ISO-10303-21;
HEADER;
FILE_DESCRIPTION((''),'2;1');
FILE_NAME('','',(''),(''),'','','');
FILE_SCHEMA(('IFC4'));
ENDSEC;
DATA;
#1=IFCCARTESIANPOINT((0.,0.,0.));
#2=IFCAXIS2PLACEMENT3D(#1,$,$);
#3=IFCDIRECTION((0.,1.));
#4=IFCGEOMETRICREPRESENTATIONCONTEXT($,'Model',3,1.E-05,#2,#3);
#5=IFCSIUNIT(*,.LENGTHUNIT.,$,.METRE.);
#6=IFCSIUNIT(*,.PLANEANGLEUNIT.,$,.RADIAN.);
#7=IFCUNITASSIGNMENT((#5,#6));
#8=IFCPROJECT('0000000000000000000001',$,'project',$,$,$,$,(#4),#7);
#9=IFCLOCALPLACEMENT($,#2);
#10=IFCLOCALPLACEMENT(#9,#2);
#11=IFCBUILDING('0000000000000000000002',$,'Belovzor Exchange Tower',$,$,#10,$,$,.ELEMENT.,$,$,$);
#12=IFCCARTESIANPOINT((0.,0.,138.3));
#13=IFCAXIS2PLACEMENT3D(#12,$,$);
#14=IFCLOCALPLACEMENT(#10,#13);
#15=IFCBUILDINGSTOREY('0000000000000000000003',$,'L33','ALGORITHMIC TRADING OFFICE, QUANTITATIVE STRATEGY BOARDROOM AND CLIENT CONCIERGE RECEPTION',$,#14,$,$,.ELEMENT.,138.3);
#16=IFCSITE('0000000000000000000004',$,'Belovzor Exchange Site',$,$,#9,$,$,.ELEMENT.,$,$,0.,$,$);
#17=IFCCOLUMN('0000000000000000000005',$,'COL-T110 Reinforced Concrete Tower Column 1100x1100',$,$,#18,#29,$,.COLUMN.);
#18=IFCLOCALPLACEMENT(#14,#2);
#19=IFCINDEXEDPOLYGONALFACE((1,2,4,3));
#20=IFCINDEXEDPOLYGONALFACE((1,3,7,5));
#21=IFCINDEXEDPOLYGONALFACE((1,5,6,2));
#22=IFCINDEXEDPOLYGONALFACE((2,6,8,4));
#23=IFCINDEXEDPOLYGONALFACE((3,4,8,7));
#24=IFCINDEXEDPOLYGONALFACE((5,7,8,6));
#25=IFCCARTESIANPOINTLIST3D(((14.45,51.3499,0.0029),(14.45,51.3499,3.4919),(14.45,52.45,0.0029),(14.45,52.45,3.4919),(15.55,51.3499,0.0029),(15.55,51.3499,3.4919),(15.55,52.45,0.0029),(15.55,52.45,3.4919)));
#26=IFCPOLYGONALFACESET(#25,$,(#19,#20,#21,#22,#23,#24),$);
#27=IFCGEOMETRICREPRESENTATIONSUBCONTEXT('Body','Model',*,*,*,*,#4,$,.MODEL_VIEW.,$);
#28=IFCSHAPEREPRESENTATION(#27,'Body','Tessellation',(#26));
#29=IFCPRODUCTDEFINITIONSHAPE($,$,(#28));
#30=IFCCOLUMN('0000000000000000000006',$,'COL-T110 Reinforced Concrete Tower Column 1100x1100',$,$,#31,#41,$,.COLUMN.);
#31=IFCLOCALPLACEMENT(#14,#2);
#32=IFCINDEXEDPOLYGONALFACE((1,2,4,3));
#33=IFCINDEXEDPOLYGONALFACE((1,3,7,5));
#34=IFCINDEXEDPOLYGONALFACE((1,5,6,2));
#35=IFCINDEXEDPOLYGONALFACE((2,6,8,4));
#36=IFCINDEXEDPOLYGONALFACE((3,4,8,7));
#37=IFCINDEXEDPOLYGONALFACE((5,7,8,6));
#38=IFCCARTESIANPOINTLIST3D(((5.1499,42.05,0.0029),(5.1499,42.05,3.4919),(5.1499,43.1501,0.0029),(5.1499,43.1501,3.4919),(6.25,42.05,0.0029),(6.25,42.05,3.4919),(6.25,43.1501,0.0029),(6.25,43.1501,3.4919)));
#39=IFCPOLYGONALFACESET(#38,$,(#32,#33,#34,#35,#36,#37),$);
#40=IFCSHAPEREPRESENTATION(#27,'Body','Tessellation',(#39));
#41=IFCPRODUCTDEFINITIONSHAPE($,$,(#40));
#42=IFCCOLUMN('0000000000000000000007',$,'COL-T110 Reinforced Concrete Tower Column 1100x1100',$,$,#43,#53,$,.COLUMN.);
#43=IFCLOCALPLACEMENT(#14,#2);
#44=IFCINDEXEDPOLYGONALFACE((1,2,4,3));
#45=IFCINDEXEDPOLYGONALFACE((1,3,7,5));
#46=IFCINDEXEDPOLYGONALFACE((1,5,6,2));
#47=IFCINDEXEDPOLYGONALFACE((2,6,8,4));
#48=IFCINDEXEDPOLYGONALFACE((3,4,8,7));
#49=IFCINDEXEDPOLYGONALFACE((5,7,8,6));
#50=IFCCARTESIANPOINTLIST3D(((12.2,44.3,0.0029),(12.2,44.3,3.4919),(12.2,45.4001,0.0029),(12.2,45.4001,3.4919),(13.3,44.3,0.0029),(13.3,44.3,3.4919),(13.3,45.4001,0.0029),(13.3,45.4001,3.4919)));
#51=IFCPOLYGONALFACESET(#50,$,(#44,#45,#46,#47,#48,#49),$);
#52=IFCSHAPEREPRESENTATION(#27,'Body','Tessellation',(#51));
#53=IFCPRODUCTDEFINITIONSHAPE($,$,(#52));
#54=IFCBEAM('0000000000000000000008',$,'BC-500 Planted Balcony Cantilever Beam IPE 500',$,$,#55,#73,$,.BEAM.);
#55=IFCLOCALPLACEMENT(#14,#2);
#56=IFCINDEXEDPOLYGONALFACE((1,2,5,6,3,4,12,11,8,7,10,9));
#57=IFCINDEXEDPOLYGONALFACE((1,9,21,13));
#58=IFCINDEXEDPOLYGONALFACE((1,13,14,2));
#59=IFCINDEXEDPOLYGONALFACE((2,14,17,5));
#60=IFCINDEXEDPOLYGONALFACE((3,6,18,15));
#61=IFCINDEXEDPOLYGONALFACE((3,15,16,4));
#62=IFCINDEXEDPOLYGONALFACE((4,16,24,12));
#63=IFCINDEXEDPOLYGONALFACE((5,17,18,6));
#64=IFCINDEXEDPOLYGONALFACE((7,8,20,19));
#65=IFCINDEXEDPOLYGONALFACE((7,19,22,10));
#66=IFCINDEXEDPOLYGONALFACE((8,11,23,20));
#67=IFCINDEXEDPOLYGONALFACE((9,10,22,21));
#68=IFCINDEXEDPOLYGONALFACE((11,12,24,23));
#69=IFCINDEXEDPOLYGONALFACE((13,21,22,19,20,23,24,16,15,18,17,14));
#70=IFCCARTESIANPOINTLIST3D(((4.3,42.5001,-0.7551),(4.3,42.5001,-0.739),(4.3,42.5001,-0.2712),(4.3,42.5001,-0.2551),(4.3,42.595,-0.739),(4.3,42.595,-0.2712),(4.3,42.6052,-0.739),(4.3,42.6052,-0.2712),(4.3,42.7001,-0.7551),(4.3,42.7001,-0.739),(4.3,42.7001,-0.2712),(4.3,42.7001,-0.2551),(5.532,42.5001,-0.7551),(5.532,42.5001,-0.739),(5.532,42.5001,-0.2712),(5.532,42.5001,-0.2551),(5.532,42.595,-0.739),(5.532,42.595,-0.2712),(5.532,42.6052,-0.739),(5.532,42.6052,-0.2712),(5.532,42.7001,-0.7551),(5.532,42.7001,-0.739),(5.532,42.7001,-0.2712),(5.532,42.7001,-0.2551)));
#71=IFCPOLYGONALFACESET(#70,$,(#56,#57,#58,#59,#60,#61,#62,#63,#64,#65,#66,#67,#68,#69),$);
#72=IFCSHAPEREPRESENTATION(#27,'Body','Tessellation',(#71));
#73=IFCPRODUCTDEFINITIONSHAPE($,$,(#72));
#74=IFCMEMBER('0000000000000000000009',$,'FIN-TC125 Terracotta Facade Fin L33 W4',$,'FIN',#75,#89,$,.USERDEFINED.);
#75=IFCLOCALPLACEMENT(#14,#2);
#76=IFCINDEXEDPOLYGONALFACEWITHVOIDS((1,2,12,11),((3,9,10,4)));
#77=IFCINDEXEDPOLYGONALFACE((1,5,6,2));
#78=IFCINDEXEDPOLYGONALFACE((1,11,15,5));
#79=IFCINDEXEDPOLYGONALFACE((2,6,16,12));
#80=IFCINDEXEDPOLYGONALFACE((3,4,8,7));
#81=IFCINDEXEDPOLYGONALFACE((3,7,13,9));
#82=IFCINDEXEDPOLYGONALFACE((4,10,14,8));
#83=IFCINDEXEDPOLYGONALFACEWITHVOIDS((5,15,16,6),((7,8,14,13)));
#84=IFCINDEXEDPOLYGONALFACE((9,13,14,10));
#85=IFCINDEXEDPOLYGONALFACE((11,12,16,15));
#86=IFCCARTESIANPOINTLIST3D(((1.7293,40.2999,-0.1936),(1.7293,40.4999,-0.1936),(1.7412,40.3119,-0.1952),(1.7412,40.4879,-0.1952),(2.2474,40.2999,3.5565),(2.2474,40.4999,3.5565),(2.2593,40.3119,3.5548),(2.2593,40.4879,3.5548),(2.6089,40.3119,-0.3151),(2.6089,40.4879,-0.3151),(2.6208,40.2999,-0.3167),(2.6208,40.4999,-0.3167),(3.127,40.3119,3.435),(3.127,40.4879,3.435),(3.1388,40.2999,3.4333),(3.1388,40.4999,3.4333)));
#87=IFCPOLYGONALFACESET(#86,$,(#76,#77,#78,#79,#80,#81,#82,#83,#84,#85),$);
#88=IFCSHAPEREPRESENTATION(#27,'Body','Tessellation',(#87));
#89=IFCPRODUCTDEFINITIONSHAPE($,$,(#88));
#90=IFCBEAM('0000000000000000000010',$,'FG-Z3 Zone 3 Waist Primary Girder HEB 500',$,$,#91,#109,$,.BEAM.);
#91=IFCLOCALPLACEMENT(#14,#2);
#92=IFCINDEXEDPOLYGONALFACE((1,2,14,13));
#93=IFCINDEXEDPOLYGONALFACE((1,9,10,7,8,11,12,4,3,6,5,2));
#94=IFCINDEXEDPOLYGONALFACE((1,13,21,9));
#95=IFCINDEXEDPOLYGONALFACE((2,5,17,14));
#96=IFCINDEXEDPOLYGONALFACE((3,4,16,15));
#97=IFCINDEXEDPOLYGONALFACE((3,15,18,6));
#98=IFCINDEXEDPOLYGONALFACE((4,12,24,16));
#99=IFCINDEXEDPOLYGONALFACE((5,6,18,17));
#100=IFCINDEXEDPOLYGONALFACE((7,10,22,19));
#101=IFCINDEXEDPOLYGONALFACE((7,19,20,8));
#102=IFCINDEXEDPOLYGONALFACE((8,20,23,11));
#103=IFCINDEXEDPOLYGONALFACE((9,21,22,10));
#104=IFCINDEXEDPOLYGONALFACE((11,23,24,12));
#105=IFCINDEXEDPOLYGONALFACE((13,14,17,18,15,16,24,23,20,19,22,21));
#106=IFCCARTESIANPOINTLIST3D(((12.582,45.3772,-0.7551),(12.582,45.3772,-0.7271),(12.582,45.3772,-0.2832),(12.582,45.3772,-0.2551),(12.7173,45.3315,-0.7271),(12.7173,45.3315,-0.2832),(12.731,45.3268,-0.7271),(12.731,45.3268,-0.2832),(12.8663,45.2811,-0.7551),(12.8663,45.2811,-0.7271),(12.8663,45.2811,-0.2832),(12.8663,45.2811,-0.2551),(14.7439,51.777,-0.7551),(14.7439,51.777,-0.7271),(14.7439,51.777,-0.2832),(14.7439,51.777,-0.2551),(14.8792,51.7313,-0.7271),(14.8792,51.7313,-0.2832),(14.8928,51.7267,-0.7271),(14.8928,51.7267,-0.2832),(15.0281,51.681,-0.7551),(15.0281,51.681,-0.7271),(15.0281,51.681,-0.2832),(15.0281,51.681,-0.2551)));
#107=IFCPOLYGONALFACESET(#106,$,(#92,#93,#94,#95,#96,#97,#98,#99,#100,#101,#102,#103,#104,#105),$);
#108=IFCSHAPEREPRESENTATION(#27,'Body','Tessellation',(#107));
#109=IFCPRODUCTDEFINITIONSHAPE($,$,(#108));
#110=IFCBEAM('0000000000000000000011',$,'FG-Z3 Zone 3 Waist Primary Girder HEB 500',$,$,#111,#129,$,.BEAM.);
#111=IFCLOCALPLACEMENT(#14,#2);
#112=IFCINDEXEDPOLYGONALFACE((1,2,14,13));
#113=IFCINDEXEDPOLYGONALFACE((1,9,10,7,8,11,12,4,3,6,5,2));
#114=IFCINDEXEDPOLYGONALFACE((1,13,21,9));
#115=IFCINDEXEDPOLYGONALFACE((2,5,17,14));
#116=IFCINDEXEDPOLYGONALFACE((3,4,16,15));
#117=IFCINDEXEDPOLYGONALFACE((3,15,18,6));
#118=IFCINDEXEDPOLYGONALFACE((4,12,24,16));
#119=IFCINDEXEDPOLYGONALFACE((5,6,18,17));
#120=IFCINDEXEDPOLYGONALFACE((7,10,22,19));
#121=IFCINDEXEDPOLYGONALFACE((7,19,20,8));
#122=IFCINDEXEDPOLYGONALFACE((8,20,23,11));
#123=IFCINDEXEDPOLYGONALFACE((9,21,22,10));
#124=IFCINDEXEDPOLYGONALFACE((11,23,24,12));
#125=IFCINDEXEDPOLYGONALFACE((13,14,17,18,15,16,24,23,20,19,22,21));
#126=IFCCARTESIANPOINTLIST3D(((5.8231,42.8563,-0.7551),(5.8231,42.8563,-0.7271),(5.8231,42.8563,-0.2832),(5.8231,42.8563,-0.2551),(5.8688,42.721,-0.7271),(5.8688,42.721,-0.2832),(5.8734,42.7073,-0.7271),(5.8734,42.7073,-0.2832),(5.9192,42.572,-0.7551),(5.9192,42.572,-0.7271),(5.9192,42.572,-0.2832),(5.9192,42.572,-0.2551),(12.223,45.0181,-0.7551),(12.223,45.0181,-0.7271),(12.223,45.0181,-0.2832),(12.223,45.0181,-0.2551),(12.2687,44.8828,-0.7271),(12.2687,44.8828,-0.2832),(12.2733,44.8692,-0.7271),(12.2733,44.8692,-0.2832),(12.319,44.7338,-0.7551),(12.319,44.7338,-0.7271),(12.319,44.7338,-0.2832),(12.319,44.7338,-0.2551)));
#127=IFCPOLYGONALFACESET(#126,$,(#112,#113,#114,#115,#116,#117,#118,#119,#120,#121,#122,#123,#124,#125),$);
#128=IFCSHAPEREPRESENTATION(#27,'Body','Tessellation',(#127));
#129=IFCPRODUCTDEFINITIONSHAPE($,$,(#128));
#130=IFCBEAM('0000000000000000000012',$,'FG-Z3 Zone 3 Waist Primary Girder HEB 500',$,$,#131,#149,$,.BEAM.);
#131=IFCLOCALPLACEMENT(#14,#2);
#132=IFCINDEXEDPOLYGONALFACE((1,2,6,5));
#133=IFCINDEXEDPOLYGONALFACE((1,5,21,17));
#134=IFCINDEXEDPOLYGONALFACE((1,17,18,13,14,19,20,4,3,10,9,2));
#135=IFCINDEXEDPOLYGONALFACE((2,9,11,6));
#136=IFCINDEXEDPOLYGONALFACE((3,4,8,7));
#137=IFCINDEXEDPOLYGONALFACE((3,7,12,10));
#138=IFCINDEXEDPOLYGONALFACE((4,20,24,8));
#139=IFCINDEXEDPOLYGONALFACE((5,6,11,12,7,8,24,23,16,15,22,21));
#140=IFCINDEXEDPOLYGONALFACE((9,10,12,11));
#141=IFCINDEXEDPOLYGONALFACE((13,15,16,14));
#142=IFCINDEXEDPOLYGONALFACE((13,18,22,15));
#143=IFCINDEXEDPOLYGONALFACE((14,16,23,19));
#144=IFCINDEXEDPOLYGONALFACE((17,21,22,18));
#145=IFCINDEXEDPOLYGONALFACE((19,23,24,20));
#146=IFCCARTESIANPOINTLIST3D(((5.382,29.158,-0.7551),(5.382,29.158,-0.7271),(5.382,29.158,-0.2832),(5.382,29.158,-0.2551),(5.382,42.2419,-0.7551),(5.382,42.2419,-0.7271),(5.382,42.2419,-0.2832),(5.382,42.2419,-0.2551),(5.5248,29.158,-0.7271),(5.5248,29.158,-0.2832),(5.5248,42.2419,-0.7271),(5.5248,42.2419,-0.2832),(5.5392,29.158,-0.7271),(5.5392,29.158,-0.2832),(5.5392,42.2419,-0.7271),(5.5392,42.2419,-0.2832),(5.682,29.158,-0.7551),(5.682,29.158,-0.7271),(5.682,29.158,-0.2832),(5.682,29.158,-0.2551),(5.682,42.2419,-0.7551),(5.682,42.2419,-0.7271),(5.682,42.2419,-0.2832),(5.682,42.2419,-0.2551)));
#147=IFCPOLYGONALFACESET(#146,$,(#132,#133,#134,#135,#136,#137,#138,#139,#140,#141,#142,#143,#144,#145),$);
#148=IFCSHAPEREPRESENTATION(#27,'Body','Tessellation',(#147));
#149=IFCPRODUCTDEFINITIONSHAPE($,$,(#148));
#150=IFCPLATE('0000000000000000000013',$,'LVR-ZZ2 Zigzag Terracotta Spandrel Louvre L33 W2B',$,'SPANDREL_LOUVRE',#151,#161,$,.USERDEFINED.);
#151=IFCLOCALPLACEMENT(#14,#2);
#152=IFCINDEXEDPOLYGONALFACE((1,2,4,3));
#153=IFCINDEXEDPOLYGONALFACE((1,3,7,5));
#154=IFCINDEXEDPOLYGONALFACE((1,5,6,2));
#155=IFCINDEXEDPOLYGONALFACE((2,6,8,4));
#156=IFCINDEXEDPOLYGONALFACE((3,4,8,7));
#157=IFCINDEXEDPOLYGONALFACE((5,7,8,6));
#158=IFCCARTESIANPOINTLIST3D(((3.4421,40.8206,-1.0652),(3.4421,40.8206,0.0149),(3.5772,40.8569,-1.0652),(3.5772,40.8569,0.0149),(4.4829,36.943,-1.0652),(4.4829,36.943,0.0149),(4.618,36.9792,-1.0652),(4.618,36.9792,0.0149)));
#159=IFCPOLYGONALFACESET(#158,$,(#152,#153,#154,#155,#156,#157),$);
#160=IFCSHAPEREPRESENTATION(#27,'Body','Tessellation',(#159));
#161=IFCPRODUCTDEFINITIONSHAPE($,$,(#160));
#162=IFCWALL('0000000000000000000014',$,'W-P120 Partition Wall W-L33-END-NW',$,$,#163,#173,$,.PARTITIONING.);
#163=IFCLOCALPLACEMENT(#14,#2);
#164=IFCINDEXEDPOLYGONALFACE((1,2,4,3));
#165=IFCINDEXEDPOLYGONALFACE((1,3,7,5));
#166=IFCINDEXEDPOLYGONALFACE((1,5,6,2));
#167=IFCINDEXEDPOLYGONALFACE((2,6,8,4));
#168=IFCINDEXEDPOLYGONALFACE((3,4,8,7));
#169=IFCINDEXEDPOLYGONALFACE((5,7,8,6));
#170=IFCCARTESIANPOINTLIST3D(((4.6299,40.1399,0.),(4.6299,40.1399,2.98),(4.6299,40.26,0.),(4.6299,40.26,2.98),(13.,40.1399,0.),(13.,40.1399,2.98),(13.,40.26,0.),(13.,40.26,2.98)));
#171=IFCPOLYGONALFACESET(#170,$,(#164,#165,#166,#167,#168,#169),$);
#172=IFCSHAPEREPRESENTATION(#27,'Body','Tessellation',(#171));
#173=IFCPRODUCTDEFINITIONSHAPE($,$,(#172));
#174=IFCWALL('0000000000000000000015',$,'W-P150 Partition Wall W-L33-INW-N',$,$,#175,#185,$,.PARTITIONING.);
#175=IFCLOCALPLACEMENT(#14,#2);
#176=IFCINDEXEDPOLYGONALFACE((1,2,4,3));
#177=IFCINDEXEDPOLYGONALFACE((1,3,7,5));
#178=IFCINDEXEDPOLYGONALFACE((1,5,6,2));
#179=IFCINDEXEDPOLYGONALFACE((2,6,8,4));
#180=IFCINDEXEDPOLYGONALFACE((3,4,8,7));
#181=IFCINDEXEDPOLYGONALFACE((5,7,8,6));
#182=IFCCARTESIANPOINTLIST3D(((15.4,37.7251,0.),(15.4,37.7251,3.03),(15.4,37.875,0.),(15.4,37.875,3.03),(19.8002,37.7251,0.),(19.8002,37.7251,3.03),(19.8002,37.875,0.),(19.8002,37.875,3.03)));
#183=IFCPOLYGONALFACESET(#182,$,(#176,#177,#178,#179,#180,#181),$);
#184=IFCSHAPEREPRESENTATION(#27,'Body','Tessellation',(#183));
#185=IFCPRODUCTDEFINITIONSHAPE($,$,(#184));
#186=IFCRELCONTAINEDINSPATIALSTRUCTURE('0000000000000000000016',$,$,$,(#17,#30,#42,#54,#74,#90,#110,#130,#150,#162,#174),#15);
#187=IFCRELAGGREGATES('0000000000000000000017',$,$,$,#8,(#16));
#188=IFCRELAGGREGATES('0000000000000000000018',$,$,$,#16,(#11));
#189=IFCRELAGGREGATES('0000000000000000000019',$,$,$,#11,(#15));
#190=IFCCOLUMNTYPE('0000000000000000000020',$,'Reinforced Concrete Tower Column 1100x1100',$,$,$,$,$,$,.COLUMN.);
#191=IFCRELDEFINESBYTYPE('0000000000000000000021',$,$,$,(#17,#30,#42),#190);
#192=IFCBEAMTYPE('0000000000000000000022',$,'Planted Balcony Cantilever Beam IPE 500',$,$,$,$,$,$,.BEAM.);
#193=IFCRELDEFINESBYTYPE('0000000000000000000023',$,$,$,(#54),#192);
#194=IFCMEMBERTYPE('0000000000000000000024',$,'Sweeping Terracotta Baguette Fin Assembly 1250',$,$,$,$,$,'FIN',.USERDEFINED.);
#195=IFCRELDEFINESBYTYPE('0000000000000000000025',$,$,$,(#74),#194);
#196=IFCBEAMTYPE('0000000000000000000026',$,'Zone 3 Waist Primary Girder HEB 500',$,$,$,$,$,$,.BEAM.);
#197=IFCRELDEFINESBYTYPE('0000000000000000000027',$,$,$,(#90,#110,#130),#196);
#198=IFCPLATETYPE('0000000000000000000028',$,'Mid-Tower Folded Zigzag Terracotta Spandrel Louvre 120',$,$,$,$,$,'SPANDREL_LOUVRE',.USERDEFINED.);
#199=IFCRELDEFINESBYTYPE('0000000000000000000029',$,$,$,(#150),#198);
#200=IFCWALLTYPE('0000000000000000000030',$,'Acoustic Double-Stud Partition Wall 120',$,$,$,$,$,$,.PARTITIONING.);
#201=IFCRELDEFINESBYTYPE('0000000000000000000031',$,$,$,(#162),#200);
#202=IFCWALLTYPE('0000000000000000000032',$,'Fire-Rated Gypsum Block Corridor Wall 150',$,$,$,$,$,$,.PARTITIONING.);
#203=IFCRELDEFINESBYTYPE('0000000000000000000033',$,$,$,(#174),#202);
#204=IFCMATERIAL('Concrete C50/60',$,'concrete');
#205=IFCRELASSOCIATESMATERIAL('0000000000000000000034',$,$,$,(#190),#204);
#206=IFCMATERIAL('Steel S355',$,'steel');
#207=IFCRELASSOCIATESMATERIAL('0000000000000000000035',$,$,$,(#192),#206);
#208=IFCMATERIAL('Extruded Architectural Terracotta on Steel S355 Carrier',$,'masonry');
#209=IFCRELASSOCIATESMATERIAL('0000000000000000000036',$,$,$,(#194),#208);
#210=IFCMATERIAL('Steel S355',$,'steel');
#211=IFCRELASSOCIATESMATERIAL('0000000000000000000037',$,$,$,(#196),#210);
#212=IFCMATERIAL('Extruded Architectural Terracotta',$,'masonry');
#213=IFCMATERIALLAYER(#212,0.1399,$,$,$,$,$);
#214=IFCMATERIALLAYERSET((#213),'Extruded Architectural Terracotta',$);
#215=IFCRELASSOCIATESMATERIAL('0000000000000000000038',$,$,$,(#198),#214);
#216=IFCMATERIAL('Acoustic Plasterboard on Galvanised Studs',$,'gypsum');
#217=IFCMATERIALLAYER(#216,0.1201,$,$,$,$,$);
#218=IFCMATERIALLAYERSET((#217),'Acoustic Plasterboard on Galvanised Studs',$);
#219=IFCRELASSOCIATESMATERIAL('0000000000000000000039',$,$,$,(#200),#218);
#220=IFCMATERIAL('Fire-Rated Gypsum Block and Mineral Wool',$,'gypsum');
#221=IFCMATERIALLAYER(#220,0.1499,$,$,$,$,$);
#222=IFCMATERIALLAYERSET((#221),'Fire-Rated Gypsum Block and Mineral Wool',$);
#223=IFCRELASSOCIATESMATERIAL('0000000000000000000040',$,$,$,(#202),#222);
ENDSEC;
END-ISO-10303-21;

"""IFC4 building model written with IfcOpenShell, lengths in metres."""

from ifc_helpers import new_model, si_unit, direction, frame, frame_2d, origin, origin_2d, place, context, subcontext, project, spatial, rectangle, hollow_rectangle, i_section, extrude, material, layer, layer_set, material_profile, profile_set, type_object, element, save


model = new_model("IFC4")

# Units and contexts
model_context = context("Model", 3, precision=1e-05, world=origin(), true_north=direction((0.0, 1.0)))
body_context = subcontext(model_context, "Body", "Model", "MODEL_VIEW")
ifc_project = project(units=[si_unit("LENGTHUNIT", "METRE"), si_unit("PLANEANGLEUNIT", "RADIAN")], contexts=[model_context])

# Site, building, storey
site_placement = place(None, origin())
site = spatial("IfcSite", under=ifc_project, at=site_placement, Name="Belovzor Exchange Site", CompositionType="ELEMENT", RefElevation=0.0)
building_placement = place(site_placement, origin())
building = spatial("IfcBuilding", under=site, at=building_placement, Name="Belovzor Exchange Tower", CompositionType="ELEMENT")
storey_placement = place(building_placement, frame((0.0, 0.0, 138.3)))
storey = spatial("IfcBuildingStorey", under=building, at=storey_placement, Name="L33", Description="ALGORITHMIC TRADING OFFICE, QUANTITATIVE STRATEGY BOARDROOM AND CLIENT CONCIERGE RECEPTION", CompositionType="ELEMENT", Elevation=138.3)

# Columns
ifc_material_1 = material(Name="Concrete C50/60", Category="concrete")
ifc_material_profile_1 = material_profile(ifc_material_1, rectangle(XDim=1.1001, YDim=1.1001, at=origin_2d()))
ifc_profile_set_1 = profile_set([ifc_material_profile_1], Name="Concrete C50/60")
column_type = type_object("IfcColumnType", Name="Reinforced Concrete Tower Column 1100x1100", PredefinedType="COLUMN", material=ifc_profile_set_1)
for number, where, z_axis, x_axis, name in (
    (1, (15.0, 51.8999, 0.0029), (0.0, 0.0, 1.0), (1.0, 0.0, 0.0), "COL-T110 Reinforced Concrete Tower Column 1100x1100"),
    (2, (5.7, 42.6001, 0.0029), (0.0, 0.0, 1.0), (1.0, 0.0, 0.0), "COL-T110 Reinforced Concrete Tower Column 1100x1100"),
    (3, (12.75, 44.8501, 0.0029), (0.0, 0.0, 1.0), (1.0, 0.0, 0.0), "COL-T110 Reinforced Concrete Tower Column 1100x1100"),
):
    element("IfcColumn", number, at=place(storey_placement, frame(where, z_axis=z_axis, x_axis=x_axis)), inside=storey, type_object=column_type, Name=name, PredefinedType="COLUMN", context=body_context, shape_type="SweptSolid", body=[
        extrude(rectangle(XDim=1.1001, YDim=1.1001, at=origin_2d()), origin(), (0.0, 0.0, 1.0), 3.489),
    ])

# Beam
ifc_material_2 = material(Name="Steel S355", Category="steel")
ifc_material_profile_2 = material_profile(ifc_material_2, i_section(OverallWidth=0.2, OverallDepth=0.5, WebThickness=0.0103, FlangeThickness=0.0161, at=origin_2d()))
ifc_profile_set_2 = profile_set([ifc_material_profile_2], Name="Steel S355")
beam_type_1 = type_object("IfcBeamType", Name="Planted Balcony Cantilever Beam IPE 500", PredefinedType="BEAM", material=ifc_profile_set_2)
beam_1_placement = place(storey_placement, frame((5.532, 42.6001, -0.5051), z_axis=(-1.0, 0.0, 0.0), x_axis=(0.0, -1.0, 0.0)))
element("IfcBeam", 4, at=beam_1_placement, inside=storey, type_object=beam_type_1, Name="BC-500 Planted Balcony Cantilever Beam IPE 500", PredefinedType="BEAM", context=body_context, shape_type="SweptSolid", body=[
    extrude(i_section(OverallWidth=0.2, OverallDepth=0.5, WebThickness=0.0103, FlangeThickness=0.0161, at=origin_2d()), origin(), (0.0, 0.0, 1.0), 1.2319),
])

# Member
ifc_material_3 = material(Name="Extruded Architectural Terracotta on Steel S355 Carrier", Category="masonry")
ifc_material_profile_3 = material_profile(ifc_material_3, hollow_rectangle(XDim=0.2, YDim=0.8999, WallThickness=0.012, at=origin_2d()))
ifc_profile_set_3 = profile_set([ifc_material_profile_3], Name="Extruded Architectural Terracotta on Steel S355 Carrier")
member_type = type_object("IfcMemberType", Name="Sweeping Terracotta Baguette Fin Assembly 1250", ElementType="FIN", PredefinedType="USERDEFINED", material=ifc_profile_set_3)
member_placement = place(storey_placement, frame((2.175, 40.3999, -0.2551), z_axis=(0.136851, 0.0, 0.990592), x_axis=(0.0, 1.0, 0.0)))
element("IfcMember", 5, at=member_placement, inside=storey, type_object=member_type, Name="FIN-TC125 Terracotta Facade Fin L33 W4", ObjectType="FIN", PredefinedType="USERDEFINED", context=body_context, shape_type="SweptSolid", body=[
    extrude(hollow_rectangle(XDim=0.2, YDim=0.8999, WallThickness=0.012, at=origin_2d()), origin(), (0.0, 0.0, 1.0), 3.7856),
])

# Beams
ifc_material_4 = material(Name="Steel S355", Category="steel")
ifc_material_profile_4 = material_profile(ifc_material_4, i_section(OverallWidth=0.3, OverallDepth=0.5, WebThickness=0.0144, FlangeThickness=0.0281, at=origin_2d()))
ifc_profile_set_4 = profile_set([ifc_material_profile_4], Name="Steel S355")
beam_type_2 = type_object("IfcBeamType", Name="Zone 3 Waist Primary Girder HEB 500", PredefinedType="BEAM", material=ifc_profile_set_4)
for number, where, z_axis, x_axis, name in (
    (6, (14.886, 51.729, -0.5051), (-0.320031, -0.947407, 0.0), (0.947407, -0.320031, 0.0), "FG-Z3 Zone 3 Waist Primary Girder HEB 500"),
    (7, (12.271, 44.876, -0.5051), (-0.947407, -0.320031, 0.0), (0.320031, -0.947407, 0.0), "FG-Z3 Zone 3 Waist Primary Girder HEB 500"),
):
    element("IfcBeam", number, at=place(storey_placement, frame(where, z_axis=z_axis, x_axis=x_axis)), inside=storey, type_object=beam_type_2, Name=name, PredefinedType="BEAM", context=body_context, shape_type="SweptSolid", body=[
        extrude(i_section(OverallWidth=0.3, OverallDepth=0.5, WebThickness=0.0144, FlangeThickness=0.0281, at=origin_2d()), origin(), (0.0, 0.0, 1.0), 6.7551),
    ])
beam_2_placement = place(storey_placement, frame((5.532, 42.2419, -0.5051), z_axis=(0.0, -1.0, 0.0), x_axis=(1.0, 0.0, 0.0)))
element("IfcBeam", 8, at=beam_2_placement, inside=storey, type_object=beam_type_2, Name="FG-Z3 Zone 3 Waist Primary Girder HEB 500", PredefinedType="BEAM", context=body_context, shape_type="SweptSolid", body=[
    extrude(i_section(OverallWidth=0.3, OverallDepth=0.5, WebThickness=0.0144, FlangeThickness=0.0281, at=origin_2d()), origin(), (0.0, 0.0, 1.0), 13.084),
])

# Plate
ifc_material_5 = material(Name="Extruded Architectural Terracotta", Category="masonry")
ifc_layer_1 = layer(ifc_material_5, 0.1399)
ifc_layer_set_1 = layer_set([ifc_layer_1], Name="Extruded Architectural Terracotta")
plate_type = type_object("IfcPlateType", Name="Mid-Tower Folded Zigzag Terracotta Spandrel Louvre 120", ElementType="SPANDREL_LOUVRE", PredefinedType="USERDEFINED", material=ifc_layer_set_1)
plate_placement = place(storey_placement, frame((4.03, 38.8999, -1.0652), z_axis=(0.0, 0.0, 1.0), x_axis=(-0.25924, 0.965813, 0.0)))
element("IfcPlate", 9, at=plate_placement, inside=storey, type_object=plate_type, Name="LVR-ZZ2 Zigzag Terracotta Spandrel Louvre L33 W2B", ObjectType="SPANDREL_LOUVRE", PredefinedType="USERDEFINED", context=body_context, shape_type="SweptSolid", body=[
    extrude(rectangle(XDim=4.0149, YDim=0.1399, at=origin_2d()), origin(), (0.0, 0.0, 1.0), 1.0801),
])

# Walls
ifc_material_6 = material(Name="Acoustic Plasterboard on Galvanised Studs", Category="gypsum")
ifc_layer_2 = layer(ifc_material_6, 0.1201)
ifc_layer_set_2 = layer_set([ifc_layer_2], Name="Acoustic Plasterboard on Galvanised Studs")
wall_type_1 = type_object("IfcWallType", Name="Acoustic Double-Stud Partition Wall 120", PredefinedType="PARTITIONING", material=ifc_layer_set_2)
wall_1_placement = place(storey_placement, frame((4.6299, 40.2, 0.0), z_axis=(0.0, 0.0, 1.0), x_axis=(1.0, 0.0, 0.0)))
element("IfcWall", 10, at=wall_1_placement, inside=storey, type_object=wall_type_1, Name="W-P120 Partition Wall W-L33-END-NW", PredefinedType="PARTITIONING", context=body_context, shape_type="SweptSolid", body=[
    extrude(rectangle(XDim=8.3701, YDim=0.1201, at=frame_2d((4.1851, 0.0))), origin(), (0.0, 0.0, 1.0), 2.98),
])
ifc_material_7 = material(Name="Fire-Rated Gypsum Block and Mineral Wool", Category="gypsum")
ifc_layer_3 = layer(ifc_material_7, 0.1499)
ifc_layer_set_3 = layer_set([ifc_layer_3], Name="Fire-Rated Gypsum Block and Mineral Wool")
wall_type_2 = type_object("IfcWallType", Name="Fire-Rated Gypsum Block Corridor Wall 150", PredefinedType="PARTITIONING", material=ifc_layer_set_3)
wall_2_placement = place(storey_placement, frame((15.3999, 37.8, 0.0), z_axis=(0.0, 0.0, 1.0), x_axis=(1.0, 0.0, 0.0)))
element("IfcWall", 11, at=wall_2_placement, inside=storey, type_object=wall_type_2, Name="W-P150 Partition Wall W-L33-INW-N", PredefinedType="PARTITIONING", context=body_context, shape_type="SweptSolid", body=[
    extrude(rectangle(XDim=4.4001, YDim=0.1499, at=frame_2d((2.2002, 0.0))), origin(), (0.0, 0.0, 1.0), 3.03),
])

save(model, "model.ifc")
